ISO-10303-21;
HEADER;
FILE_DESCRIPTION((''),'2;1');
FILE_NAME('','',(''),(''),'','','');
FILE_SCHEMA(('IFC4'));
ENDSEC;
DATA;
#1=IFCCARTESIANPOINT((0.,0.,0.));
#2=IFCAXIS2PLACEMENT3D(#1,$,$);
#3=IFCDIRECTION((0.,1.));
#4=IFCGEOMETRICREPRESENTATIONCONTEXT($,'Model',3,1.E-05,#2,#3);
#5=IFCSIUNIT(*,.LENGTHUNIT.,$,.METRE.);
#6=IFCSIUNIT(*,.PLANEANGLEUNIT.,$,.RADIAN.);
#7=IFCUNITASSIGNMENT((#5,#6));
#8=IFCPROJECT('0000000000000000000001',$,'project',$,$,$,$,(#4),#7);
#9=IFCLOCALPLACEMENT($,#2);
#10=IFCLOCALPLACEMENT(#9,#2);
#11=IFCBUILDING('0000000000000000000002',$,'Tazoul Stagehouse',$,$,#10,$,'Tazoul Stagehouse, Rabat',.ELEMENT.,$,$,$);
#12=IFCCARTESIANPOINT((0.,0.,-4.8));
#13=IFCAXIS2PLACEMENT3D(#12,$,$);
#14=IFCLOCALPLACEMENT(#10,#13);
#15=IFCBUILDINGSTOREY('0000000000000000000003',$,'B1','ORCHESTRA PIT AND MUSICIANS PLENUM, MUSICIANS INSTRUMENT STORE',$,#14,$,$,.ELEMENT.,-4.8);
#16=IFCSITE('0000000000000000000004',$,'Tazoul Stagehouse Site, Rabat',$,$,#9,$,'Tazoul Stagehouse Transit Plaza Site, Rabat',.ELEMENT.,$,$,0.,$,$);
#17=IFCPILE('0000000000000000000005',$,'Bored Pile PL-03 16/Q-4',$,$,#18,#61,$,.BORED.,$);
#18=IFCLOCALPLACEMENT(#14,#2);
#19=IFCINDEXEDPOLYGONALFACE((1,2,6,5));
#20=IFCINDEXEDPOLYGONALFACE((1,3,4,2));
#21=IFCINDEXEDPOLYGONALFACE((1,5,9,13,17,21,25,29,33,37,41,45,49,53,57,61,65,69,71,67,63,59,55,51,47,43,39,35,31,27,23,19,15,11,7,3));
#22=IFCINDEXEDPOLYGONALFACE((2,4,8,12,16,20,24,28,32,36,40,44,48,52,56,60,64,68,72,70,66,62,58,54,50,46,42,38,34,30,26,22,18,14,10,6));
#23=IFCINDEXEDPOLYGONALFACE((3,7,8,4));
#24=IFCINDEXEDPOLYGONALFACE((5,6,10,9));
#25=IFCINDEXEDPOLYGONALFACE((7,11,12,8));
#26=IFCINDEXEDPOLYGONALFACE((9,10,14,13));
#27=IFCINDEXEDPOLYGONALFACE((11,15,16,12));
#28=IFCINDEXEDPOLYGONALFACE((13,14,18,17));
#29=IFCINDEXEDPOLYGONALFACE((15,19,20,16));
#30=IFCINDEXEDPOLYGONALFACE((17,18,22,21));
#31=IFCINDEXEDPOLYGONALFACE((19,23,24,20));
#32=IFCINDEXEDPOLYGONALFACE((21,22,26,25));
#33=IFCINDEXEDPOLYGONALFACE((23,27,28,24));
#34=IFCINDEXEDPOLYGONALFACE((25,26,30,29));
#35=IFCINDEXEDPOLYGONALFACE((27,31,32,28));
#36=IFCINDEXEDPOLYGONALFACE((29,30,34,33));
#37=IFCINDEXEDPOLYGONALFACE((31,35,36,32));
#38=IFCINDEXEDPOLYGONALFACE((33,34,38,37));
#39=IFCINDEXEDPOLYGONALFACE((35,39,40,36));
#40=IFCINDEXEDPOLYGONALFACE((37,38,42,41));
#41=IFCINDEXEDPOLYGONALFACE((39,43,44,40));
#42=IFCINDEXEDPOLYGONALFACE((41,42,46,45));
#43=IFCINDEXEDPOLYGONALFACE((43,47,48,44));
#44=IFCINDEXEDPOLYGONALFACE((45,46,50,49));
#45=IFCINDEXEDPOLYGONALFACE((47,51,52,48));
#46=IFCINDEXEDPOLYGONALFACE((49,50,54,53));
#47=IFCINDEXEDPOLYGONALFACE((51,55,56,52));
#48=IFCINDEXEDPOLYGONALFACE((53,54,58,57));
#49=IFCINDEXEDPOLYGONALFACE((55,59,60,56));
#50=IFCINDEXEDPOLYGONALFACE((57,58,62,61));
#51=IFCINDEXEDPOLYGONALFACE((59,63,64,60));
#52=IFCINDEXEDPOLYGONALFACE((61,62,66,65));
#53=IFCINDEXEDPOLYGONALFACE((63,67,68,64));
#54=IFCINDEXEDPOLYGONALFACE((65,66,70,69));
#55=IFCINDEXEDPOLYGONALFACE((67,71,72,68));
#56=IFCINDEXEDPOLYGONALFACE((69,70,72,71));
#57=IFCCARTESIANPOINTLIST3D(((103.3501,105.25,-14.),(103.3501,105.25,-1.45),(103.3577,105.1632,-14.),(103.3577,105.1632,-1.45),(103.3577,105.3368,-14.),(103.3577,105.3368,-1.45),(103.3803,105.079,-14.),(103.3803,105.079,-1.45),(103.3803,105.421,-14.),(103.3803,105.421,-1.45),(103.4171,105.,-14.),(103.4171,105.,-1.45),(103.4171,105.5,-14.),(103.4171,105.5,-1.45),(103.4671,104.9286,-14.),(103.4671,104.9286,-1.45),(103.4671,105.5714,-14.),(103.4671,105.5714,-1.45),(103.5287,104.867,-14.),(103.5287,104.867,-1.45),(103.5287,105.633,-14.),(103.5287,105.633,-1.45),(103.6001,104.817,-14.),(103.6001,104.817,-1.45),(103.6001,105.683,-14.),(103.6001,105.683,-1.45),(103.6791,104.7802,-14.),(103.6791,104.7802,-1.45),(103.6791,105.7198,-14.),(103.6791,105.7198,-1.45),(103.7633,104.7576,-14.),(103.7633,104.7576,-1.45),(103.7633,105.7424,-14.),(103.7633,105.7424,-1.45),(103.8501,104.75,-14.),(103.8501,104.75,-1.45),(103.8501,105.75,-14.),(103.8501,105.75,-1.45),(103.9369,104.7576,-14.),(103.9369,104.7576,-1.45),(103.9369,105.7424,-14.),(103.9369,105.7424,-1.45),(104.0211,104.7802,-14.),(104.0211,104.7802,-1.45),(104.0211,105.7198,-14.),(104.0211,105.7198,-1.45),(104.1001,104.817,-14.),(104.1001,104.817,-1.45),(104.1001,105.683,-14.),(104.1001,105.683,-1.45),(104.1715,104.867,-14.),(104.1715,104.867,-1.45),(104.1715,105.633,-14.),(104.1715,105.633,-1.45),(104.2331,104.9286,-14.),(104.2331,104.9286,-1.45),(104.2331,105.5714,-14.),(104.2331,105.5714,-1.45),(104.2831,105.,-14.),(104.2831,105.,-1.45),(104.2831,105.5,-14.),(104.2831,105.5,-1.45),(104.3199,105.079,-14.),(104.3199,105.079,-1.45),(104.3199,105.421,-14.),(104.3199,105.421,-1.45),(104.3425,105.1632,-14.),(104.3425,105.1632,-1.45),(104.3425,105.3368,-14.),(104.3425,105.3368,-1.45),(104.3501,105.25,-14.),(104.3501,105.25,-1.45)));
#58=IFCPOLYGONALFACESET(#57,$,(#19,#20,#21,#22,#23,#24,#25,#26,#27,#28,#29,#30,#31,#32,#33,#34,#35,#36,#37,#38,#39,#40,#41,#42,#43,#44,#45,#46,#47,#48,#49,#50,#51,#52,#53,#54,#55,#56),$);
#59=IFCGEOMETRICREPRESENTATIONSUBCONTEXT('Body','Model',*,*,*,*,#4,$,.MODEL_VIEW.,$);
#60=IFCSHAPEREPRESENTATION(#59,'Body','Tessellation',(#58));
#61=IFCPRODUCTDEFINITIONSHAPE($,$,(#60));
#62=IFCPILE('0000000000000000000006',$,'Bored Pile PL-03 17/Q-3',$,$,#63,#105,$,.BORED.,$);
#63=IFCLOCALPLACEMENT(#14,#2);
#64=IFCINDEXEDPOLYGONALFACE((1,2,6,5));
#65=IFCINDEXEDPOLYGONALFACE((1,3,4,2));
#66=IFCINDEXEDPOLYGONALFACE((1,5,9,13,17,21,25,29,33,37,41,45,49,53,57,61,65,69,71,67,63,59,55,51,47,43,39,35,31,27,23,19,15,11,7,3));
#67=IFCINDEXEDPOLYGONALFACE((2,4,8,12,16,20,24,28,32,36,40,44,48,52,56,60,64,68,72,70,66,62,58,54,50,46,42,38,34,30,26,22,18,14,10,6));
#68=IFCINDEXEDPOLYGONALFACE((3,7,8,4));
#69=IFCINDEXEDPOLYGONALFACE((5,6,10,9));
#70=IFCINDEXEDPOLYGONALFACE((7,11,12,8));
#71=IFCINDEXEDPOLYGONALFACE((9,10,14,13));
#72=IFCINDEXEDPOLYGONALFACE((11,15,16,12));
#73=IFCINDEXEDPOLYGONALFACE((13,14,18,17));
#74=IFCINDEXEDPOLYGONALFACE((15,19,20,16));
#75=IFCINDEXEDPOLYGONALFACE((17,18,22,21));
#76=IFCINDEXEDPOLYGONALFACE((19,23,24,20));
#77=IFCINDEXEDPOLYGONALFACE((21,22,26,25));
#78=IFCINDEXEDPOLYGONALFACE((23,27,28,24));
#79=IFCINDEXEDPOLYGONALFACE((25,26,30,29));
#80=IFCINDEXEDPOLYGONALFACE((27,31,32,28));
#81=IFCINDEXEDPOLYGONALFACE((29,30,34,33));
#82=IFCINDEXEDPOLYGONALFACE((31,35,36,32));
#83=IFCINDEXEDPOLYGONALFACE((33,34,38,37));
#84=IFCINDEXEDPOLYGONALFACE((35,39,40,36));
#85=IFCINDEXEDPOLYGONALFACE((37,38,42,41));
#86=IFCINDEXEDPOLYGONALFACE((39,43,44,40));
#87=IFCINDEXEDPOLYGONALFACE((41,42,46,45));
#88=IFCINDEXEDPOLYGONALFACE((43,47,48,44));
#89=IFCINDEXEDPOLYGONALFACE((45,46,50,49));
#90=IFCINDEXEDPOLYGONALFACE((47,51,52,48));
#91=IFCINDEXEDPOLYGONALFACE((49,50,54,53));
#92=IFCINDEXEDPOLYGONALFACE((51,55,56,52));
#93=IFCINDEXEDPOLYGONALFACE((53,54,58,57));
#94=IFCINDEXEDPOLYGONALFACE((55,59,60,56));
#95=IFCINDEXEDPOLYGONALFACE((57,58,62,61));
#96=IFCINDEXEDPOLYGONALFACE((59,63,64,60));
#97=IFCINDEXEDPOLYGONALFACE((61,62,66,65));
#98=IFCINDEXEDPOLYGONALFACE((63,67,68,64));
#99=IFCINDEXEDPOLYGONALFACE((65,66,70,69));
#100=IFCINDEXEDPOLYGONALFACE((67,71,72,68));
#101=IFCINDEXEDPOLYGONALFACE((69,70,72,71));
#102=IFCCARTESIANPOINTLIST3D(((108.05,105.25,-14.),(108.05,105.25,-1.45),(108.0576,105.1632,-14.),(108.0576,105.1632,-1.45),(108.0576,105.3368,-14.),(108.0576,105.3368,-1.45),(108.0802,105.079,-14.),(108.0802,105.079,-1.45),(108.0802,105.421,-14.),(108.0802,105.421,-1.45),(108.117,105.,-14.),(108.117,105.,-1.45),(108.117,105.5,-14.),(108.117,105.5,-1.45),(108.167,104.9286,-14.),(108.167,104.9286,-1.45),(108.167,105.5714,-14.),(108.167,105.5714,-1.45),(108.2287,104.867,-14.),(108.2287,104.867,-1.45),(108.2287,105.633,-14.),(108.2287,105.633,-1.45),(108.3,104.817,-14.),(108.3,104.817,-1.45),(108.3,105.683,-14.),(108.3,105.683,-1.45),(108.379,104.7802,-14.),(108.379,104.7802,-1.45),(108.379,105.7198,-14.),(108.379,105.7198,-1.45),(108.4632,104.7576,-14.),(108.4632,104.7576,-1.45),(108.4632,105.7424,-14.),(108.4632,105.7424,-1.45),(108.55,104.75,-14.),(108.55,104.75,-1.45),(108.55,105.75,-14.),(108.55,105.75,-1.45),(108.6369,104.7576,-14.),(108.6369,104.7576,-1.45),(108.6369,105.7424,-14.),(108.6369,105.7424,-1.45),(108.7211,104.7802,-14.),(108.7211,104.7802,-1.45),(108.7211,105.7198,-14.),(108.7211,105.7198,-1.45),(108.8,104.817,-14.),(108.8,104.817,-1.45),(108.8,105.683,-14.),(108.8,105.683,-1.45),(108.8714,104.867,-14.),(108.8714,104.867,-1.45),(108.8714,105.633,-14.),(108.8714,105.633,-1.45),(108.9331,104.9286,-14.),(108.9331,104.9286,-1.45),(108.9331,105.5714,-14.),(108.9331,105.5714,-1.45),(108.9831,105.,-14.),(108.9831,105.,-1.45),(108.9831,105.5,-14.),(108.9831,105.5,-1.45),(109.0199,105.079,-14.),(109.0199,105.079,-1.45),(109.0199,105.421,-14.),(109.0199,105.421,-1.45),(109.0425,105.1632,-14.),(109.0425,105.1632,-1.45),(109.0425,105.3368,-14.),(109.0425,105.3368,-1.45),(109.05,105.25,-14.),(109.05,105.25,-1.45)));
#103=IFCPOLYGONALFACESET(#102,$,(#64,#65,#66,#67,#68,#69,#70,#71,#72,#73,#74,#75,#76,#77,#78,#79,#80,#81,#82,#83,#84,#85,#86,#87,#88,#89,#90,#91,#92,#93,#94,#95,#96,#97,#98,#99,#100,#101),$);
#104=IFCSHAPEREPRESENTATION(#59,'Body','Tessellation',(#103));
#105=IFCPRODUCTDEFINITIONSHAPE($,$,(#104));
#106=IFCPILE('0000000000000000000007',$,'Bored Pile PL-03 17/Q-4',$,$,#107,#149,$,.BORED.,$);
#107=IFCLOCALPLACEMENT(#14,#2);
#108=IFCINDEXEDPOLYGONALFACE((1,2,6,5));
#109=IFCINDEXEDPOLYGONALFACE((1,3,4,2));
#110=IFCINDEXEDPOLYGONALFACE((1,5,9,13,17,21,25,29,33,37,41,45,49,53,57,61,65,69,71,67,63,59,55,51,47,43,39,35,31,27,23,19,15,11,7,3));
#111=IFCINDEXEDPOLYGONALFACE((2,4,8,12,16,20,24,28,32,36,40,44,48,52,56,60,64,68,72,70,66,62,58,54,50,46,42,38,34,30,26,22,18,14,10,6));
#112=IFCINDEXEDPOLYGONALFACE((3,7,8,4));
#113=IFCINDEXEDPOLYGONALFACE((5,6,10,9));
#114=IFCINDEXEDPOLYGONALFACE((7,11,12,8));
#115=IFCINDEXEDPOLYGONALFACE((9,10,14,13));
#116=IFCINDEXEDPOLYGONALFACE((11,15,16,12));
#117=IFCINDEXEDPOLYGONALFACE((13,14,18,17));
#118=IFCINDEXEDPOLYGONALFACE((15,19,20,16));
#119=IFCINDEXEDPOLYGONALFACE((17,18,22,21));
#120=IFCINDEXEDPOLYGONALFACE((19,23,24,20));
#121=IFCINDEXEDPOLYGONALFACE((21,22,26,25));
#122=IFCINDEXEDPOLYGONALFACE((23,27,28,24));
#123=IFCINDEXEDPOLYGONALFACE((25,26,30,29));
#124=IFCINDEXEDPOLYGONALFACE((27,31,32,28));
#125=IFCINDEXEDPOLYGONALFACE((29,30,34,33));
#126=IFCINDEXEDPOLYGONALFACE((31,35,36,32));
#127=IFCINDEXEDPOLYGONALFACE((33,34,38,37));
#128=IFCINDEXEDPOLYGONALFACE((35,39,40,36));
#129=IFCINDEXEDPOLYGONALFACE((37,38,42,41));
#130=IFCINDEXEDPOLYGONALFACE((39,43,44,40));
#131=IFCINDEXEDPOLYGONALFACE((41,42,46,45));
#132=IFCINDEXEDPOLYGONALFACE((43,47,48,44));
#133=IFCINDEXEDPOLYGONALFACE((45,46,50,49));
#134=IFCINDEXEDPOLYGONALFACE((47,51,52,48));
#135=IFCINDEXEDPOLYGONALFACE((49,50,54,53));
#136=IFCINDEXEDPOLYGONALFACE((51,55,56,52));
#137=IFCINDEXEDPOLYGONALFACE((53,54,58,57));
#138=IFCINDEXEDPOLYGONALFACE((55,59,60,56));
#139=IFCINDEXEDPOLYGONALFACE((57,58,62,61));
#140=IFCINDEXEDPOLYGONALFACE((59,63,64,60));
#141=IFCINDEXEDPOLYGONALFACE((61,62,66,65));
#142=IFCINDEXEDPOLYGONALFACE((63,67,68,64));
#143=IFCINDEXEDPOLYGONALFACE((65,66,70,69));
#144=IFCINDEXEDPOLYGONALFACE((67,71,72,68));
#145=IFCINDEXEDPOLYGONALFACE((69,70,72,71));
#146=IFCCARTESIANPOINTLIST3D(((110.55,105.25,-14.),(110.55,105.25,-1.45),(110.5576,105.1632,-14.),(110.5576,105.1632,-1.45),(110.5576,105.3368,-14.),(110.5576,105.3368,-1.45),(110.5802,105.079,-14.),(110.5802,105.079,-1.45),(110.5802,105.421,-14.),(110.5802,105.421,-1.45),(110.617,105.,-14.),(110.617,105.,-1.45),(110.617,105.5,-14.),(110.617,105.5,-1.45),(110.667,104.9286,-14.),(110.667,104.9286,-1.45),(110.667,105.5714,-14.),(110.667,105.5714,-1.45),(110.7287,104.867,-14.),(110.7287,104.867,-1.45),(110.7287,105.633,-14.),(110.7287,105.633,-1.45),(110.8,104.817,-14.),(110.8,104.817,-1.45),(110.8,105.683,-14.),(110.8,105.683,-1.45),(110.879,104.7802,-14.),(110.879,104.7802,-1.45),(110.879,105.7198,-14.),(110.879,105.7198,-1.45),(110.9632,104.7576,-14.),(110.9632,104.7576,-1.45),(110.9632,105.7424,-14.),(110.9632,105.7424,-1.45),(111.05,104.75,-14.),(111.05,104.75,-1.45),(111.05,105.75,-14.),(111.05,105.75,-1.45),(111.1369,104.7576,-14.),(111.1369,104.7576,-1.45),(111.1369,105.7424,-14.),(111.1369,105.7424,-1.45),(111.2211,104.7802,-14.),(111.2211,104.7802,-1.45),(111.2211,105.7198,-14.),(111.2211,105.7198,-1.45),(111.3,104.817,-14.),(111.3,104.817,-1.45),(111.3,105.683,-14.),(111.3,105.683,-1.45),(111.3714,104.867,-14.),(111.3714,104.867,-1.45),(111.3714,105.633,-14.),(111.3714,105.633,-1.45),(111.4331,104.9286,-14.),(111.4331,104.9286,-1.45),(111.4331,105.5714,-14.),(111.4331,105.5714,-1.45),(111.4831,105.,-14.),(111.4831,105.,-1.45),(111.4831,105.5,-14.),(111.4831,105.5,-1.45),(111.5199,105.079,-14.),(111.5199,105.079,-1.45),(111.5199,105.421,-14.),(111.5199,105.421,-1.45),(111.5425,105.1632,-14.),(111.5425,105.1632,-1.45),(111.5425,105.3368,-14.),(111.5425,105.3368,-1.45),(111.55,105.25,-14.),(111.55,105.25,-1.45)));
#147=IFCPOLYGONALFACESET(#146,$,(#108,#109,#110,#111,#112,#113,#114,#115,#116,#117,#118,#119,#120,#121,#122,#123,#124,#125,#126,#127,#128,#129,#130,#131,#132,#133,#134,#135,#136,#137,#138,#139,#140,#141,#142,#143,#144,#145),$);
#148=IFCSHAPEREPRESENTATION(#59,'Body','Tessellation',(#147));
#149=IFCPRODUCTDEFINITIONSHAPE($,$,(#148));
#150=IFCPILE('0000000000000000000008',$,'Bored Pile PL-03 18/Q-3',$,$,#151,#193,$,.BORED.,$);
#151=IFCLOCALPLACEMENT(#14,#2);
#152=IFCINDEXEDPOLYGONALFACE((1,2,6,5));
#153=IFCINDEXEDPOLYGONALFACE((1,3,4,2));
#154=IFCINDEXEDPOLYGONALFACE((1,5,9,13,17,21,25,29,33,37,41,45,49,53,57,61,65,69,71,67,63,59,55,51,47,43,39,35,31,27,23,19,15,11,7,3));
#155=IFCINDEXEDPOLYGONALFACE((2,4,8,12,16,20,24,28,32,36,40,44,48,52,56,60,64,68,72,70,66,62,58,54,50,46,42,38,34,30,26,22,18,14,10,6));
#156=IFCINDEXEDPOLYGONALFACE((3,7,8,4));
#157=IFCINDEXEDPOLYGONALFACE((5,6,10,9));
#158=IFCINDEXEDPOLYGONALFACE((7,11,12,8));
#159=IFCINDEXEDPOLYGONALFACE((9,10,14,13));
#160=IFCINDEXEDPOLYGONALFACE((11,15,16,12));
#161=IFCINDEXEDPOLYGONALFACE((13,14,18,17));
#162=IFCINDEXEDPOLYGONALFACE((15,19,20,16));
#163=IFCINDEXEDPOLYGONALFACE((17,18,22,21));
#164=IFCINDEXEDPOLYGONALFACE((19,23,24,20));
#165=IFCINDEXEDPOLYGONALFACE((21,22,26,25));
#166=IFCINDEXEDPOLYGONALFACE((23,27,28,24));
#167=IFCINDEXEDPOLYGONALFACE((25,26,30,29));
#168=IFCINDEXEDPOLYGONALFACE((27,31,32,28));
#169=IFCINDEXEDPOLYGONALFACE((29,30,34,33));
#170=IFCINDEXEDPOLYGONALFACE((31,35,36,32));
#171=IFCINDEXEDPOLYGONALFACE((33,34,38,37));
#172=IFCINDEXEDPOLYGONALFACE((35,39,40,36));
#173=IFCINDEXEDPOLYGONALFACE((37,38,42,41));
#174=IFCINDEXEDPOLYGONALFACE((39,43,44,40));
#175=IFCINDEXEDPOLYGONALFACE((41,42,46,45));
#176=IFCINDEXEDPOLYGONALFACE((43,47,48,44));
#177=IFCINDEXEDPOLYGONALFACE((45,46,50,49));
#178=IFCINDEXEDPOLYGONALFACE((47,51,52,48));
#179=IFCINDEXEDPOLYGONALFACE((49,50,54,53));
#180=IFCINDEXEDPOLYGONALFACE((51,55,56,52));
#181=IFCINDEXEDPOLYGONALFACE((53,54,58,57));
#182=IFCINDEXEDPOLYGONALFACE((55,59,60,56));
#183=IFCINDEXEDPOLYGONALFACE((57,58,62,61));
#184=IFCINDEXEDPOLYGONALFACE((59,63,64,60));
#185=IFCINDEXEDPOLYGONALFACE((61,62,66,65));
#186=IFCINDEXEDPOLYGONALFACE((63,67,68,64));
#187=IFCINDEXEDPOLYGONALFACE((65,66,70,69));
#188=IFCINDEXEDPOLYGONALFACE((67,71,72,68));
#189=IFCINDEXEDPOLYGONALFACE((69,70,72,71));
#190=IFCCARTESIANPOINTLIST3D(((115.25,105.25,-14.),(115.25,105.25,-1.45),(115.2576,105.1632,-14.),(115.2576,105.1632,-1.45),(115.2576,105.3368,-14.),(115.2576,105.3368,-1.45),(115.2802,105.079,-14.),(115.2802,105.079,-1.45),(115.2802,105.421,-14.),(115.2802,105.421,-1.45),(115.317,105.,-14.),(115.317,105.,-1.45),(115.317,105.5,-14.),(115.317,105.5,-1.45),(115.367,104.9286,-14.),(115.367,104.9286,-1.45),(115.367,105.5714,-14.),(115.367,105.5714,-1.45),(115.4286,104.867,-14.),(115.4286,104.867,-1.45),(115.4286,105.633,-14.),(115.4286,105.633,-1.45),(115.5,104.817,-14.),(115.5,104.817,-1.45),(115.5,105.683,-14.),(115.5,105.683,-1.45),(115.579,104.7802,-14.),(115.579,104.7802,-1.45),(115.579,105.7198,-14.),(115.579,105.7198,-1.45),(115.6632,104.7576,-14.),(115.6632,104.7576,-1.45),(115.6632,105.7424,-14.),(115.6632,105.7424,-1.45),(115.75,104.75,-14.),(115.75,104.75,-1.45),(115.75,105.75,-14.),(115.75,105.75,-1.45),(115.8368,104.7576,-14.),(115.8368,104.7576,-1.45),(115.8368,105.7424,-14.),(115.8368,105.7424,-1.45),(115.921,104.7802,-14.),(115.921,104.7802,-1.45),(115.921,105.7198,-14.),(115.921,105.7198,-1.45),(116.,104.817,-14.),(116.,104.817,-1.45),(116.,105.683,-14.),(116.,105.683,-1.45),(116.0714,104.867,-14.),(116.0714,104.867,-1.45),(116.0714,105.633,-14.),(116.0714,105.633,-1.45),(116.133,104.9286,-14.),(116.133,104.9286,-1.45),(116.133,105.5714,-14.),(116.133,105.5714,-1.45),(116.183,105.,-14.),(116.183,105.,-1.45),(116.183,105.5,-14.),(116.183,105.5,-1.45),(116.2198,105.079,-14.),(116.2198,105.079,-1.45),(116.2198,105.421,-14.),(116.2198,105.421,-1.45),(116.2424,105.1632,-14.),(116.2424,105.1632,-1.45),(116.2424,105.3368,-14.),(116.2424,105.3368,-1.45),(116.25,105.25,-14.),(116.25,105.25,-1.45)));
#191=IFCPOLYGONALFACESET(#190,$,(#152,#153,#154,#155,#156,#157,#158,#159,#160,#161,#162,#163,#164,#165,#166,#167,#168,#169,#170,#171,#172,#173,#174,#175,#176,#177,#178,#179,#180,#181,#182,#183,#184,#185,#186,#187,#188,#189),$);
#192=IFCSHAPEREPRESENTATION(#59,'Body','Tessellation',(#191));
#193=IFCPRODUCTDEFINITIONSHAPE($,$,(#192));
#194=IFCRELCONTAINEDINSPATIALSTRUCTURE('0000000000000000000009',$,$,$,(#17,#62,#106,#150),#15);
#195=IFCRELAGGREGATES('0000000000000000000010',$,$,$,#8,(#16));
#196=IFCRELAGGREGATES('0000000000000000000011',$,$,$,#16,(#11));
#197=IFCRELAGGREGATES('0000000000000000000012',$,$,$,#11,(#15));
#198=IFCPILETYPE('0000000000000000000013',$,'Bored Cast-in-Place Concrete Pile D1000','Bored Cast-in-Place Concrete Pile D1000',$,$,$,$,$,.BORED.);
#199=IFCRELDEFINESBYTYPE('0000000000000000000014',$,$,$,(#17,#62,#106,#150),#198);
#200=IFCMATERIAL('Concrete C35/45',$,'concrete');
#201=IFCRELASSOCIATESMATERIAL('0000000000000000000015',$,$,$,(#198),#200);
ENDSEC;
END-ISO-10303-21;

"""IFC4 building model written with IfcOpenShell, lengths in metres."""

from ifc_helpers import new_model, si_unit, direction, frame, origin, origin_2d, place, context, subcontext, project, spatial, circle, extrude, material, material_profile, profile_set, type_object, element, save


model = new_model("IFC4")

# Units and contexts
model_context = context("Model", 3, precision=1e-05, world=origin(), true_north=direction((0.0, 1.0)))
body_context = subcontext(model_context, "Body", "Model", "MODEL_VIEW")
ifc_project = project(units=[si_unit("LENGTHUNIT", "METRE"), si_unit("PLANEANGLEUNIT", "RADIAN")], contexts=[model_context])

# Site, building, storey
site_placement = place(None, origin())
site = spatial("IfcSite", under=ifc_project, at=site_placement, Name="Tazoul Stagehouse Site, Rabat", LongName="Tazoul Stagehouse Transit Plaza Site, Rabat", CompositionType="ELEMENT", RefElevation=0.0)
building_placement = place(site_placement, origin())
building = spatial("IfcBuilding", under=site, at=building_placement, Name="Tazoul Stagehouse", LongName="Tazoul Stagehouse, Rabat", CompositionType="ELEMENT")
storey_placement = place(building_placement, frame((0.0, 0.0, -4.8)))
storey = spatial("IfcBuildingStorey", under=building, at=storey_placement, Name="B1", Description="ORCHESTRA PIT AND MUSICIANS PLENUM, MUSICIANS INSTRUMENT STORE", CompositionType="ELEMENT", Elevation=-4.8)

# Piles
ifc_material_1 = material(Name="Concrete C35/45", Category="concrete")
ifc_material_profile_1 = material_profile(ifc_material_1, circle(Radius=0.5, at=origin_2d()), Name="BORED PILE 1000")
ifc_profile_set_1 = profile_set([ifc_material_profile_1], Name="Concrete C35/45")
pile_type_1 = type_object("IfcPileType", Name="Bored Cast-in-Place Concrete Pile D1000", Description="Bored Cast-in-Place Concrete Pile D1000", PredefinedType="BORED", material=ifc_profile_set_1)
for number, where, z_axis, x_axis, name in (
    (1, (103.8501, 105.25, -1.45), (0.0, 0.0, -1.0), (1.0, 0.0, 0.0), "Bored Pile PL-03 16/Q-4"),
    (2, (108.55, 105.25, -1.45), (0.0, 0.0, -1.0), (1.0, 0.0, 0.0), "Bored Pile PL-03 17/Q-3"),
    (3, (111.05, 105.25, -1.45), (0.0, 0.0, -1.0), (1.0, 0.0, 0.0), "Bored Pile PL-03 17/Q-4"),
    (4, (115.75, 105.25, -1.45), (0.0, 0.0, -1.0), (1.0, 0.0, 0.0), "Bored Pile PL-03 18/Q-3"),
):
    element("IfcPile", number, at=place(storey_placement, frame(where, z_axis=z_axis, x_axis=x_axis)), inside=storey, type_object=pile_type_1, Name=name, PredefinedType="BORED", context=body_context, shape_type="SweptSolid", body=[
        extrude(circle(Radius=0.5, at=origin_2d()), origin(), (0.0, 0.0, 1.0), 12.55),
    ])

save(model, "model.ifc")
